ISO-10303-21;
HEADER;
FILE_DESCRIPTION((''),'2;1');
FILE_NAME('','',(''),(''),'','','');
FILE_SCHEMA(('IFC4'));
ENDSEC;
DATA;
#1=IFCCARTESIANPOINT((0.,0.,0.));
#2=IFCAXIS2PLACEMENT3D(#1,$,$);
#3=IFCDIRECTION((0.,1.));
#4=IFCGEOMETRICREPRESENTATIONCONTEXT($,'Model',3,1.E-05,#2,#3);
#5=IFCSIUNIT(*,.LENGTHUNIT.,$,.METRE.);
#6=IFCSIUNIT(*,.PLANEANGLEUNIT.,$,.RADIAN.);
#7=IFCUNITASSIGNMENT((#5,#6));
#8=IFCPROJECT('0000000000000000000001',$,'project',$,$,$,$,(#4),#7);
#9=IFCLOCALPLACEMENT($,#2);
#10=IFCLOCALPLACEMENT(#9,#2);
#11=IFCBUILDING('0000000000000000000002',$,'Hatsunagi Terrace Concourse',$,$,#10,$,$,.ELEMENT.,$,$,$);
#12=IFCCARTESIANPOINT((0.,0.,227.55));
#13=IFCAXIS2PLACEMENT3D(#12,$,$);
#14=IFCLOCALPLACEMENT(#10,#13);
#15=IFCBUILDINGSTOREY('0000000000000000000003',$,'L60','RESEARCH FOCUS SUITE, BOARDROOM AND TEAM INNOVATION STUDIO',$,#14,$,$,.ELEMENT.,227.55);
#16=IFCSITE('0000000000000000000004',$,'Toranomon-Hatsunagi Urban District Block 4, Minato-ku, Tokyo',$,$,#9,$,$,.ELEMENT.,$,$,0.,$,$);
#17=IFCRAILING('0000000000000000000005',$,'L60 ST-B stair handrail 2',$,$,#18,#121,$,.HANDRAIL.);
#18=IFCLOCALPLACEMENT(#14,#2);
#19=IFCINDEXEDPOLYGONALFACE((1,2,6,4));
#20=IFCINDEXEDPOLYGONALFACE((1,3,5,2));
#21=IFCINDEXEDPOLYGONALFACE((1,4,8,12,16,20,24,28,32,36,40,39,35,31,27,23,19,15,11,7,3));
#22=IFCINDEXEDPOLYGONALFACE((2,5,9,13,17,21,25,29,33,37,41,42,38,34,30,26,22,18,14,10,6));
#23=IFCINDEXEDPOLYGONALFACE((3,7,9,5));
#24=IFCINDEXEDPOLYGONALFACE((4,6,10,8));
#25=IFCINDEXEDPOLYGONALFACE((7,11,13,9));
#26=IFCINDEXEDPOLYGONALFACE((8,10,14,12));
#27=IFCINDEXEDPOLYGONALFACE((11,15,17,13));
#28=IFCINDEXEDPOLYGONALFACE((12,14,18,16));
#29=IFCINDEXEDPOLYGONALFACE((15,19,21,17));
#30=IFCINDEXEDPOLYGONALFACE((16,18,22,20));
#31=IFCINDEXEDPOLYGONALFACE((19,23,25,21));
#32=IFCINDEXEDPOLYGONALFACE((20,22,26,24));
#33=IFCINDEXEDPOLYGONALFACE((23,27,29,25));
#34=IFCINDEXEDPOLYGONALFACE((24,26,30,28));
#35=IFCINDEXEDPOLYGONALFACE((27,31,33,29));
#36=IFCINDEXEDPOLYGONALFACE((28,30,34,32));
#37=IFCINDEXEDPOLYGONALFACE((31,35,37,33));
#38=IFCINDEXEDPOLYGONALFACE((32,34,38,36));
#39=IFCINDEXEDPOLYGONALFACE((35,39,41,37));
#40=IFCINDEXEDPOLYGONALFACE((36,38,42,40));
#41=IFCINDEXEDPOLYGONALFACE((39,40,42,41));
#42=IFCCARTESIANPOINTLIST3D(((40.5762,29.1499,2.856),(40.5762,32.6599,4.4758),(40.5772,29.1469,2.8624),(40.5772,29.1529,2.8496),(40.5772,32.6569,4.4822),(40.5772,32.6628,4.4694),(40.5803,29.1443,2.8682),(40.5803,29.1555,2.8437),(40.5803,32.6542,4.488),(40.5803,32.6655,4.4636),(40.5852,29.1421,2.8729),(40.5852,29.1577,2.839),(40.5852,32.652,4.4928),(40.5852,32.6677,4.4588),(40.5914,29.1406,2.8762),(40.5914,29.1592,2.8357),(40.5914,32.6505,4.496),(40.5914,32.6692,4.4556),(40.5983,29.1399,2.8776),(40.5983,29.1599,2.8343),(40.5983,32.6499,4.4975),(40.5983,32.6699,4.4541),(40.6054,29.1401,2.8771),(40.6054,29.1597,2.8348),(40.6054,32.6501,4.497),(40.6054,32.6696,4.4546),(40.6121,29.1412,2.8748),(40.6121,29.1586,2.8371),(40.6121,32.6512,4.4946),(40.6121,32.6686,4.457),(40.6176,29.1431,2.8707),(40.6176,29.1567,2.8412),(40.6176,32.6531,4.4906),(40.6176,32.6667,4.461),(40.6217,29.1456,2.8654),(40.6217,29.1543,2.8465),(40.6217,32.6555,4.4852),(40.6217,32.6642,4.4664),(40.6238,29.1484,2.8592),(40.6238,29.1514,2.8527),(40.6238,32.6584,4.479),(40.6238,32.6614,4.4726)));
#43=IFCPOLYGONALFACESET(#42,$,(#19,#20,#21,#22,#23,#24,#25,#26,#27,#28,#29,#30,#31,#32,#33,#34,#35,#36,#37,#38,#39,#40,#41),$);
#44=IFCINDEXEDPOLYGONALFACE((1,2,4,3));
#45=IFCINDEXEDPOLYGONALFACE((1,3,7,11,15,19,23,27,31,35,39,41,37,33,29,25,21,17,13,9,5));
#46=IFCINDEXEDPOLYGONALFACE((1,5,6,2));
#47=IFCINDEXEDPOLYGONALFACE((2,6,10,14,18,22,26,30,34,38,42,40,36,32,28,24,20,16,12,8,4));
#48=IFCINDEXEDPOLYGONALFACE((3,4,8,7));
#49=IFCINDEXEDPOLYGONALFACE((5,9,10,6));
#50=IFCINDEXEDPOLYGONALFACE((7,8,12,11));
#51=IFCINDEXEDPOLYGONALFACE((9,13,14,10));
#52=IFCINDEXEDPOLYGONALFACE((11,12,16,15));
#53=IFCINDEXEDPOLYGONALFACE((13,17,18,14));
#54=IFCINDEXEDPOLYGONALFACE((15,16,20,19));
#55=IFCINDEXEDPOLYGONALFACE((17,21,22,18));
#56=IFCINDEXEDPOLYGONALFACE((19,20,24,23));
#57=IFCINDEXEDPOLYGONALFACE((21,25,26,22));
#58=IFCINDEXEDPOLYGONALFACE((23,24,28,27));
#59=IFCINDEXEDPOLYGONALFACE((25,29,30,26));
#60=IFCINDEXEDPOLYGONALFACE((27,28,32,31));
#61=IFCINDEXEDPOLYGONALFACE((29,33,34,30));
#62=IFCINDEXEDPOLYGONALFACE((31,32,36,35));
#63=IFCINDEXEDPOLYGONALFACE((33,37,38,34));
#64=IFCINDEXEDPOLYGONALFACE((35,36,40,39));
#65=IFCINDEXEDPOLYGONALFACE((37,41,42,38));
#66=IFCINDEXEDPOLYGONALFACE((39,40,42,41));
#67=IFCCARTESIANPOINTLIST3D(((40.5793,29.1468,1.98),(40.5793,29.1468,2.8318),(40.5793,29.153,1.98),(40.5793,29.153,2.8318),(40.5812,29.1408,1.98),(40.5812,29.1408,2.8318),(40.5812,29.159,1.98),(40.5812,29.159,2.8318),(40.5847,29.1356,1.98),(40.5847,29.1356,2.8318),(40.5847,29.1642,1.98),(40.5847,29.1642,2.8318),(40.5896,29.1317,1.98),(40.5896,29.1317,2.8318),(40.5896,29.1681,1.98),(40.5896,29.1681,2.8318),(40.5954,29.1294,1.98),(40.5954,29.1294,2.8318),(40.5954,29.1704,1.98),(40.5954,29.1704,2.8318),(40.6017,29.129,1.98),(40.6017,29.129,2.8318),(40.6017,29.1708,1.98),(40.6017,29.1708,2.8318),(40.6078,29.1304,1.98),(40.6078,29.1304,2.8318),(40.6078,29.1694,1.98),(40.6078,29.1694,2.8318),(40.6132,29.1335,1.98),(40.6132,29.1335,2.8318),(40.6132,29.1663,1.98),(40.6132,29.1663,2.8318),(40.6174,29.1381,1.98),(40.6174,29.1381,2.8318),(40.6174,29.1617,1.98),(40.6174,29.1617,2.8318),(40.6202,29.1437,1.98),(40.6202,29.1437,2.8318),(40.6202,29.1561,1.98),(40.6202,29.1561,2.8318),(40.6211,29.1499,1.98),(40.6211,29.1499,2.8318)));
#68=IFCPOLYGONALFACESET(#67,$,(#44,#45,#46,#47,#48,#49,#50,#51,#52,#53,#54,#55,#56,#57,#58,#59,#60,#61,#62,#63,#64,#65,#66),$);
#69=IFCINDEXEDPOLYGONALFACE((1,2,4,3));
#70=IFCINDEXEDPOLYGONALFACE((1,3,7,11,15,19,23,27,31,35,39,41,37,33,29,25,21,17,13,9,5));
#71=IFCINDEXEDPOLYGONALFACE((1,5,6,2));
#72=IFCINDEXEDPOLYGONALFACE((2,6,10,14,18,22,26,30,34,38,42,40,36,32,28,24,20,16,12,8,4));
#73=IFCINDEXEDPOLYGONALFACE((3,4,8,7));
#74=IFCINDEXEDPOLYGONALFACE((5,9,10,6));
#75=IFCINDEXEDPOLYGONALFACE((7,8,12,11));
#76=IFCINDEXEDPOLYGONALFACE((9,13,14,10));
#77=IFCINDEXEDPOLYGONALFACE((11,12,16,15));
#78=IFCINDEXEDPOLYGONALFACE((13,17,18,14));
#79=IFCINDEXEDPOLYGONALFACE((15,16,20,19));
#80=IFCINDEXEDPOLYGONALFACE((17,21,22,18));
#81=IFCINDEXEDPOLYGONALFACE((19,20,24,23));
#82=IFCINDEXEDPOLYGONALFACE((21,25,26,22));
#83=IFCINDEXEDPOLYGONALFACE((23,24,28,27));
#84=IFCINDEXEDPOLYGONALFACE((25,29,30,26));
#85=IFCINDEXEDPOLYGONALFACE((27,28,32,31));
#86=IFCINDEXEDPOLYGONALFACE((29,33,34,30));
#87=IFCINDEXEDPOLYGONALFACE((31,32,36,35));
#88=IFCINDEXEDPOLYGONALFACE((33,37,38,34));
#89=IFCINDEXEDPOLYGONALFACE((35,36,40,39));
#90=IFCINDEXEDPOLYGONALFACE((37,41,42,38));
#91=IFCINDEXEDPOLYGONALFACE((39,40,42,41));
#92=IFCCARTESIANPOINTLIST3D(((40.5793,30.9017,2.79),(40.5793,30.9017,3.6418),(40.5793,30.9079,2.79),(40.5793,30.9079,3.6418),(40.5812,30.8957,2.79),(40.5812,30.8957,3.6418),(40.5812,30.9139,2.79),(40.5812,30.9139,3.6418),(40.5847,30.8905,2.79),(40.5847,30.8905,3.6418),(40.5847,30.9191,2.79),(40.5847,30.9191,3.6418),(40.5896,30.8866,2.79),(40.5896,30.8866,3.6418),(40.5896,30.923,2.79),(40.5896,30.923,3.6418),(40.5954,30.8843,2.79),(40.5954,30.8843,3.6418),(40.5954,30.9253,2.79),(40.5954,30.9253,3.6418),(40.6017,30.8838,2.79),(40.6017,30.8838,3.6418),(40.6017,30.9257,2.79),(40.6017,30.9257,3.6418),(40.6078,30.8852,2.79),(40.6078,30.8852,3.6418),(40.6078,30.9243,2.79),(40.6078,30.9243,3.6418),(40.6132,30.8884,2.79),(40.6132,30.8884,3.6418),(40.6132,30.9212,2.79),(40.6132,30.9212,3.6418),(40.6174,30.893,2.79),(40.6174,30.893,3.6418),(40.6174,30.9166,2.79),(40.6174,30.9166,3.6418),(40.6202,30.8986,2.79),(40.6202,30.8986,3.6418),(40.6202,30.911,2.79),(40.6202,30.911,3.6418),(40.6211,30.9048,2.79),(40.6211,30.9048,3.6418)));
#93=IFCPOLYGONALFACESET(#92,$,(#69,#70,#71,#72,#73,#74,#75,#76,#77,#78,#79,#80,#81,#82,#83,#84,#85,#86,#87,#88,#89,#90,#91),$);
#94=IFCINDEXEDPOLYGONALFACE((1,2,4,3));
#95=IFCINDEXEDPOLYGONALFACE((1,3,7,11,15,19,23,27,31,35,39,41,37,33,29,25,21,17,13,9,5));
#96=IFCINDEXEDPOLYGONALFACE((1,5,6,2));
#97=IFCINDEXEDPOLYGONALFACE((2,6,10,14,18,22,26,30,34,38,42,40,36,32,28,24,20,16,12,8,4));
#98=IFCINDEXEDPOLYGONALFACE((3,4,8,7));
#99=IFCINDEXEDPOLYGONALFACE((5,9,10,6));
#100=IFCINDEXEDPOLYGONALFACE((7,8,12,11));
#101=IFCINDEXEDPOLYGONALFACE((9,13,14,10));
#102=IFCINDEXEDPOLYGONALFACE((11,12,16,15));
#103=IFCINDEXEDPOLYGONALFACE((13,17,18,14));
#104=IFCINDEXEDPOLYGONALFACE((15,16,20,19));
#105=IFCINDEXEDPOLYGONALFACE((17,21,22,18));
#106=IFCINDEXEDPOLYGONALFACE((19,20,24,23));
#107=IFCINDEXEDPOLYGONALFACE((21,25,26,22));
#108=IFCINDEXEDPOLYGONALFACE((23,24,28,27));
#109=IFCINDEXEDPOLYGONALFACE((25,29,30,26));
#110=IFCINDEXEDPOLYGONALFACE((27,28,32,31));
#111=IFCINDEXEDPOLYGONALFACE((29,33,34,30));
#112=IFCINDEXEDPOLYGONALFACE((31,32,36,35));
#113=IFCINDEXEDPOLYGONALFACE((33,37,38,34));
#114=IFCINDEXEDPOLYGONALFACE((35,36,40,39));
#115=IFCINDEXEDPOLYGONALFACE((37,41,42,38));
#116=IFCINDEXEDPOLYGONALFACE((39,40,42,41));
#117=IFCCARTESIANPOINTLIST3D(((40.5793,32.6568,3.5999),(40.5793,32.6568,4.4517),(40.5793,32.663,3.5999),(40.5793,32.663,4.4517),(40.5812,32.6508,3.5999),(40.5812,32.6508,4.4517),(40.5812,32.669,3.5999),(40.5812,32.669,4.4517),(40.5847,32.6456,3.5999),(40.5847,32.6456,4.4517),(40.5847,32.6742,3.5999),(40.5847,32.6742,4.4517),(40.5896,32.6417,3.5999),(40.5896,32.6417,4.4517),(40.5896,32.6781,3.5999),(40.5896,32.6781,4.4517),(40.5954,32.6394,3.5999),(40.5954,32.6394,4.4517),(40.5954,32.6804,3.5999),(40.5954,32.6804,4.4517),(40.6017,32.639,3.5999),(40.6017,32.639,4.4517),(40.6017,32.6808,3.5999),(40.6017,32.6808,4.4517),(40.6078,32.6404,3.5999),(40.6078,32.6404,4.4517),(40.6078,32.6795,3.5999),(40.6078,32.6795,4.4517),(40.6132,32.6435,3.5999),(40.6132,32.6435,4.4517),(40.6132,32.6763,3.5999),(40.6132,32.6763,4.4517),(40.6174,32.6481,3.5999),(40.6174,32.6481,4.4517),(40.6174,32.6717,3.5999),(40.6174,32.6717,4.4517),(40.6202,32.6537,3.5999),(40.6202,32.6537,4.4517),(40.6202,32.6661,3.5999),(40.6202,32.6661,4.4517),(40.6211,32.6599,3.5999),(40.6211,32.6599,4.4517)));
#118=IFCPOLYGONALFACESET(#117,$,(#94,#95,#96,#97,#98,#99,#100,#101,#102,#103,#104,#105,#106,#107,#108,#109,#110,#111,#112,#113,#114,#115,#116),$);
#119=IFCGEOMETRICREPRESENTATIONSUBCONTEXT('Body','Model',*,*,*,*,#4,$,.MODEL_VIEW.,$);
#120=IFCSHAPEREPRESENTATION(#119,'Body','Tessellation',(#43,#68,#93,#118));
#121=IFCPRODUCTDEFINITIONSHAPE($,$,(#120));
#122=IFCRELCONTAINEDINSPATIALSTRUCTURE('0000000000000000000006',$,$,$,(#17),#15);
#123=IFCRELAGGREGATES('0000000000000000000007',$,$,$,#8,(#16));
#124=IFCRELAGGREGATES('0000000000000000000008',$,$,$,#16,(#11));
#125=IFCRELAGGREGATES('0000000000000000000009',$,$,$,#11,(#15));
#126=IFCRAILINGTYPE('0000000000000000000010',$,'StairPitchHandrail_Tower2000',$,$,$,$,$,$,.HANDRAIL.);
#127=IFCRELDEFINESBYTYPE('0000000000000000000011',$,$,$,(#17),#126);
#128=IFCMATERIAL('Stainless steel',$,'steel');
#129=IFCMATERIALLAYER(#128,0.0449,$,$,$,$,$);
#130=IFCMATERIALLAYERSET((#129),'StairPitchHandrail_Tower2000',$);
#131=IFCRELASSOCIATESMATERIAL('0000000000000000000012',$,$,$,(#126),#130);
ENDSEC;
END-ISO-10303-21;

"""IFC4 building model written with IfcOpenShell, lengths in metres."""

from ifc_helpers import new_model, si_unit, direction, frame, origin, origin_2d, place, context, subcontext, project, spatial, circle, extrude, material, layer, layer_set, type_object, element, save


model = new_model("IFC4")

# Units and contexts
model_context = context("Model", 3, precision=1e-05, world=origin(), true_north=direction((0.0, 1.0)))
body_context = subcontext(model_context, "Body", "Model", "MODEL_VIEW")
ifc_project = project(units=[si_unit("LENGTHUNIT", "METRE"), si_unit("PLANEANGLEUNIT", "RADIAN")], contexts=[model_context])

# Site, building, storey
site_placement = place(None, origin())
site = spatial("IfcSite", under=ifc_project, at=site_placement, Name="Toranomon-Hatsunagi Urban District Block 4, Minato-ku, Tokyo", CompositionType="ELEMENT", RefElevation=0.0)
building_placement = place(site_placement, origin())
building = spatial("IfcBuilding", under=site, at=building_placement, Name="Hatsunagi Terrace Concourse", CompositionType="ELEMENT")
storey_placement = place(building_placement, frame((0.0, 0.0, 227.55)))
storey = spatial("IfcBuildingStorey", under=building, at=storey_placement, Name="L60", Description="RESEARCH FOCUS SUITE, BOARDROOM AND TEAM INNOVATION STUDIO", CompositionType="ELEMENT", Elevation=227.55)

# Railing
ifc_material_1 = material(Name="Stainless steel", Category="steel")
ifc_layer_1 = layer(ifc_material_1, 0.0449)
ifc_layer_set_1 = layer_set([ifc_layer_1], Name="StairPitchHandrail_Tower2000")
railing_type_1 = type_object("IfcRailingType", Name="StairPitchHandrail_Tower2000", PredefinedType="HANDRAIL", material=ifc_layer_set_1)
railing_1_placement = place(storey_placement, frame((40.6001, 29.1499, 1.98)))
element("IfcRailing", 1, at=railing_1_placement, inside=storey, type_object=railing_type_1, Name="L60 ST-B stair handrail 2", PredefinedType="HANDRAIL", context=body_context, shape_type="SweptSolid", body=[
    extrude(circle(Radius=0.0239, at=origin_2d()), frame((0.0, 0.0, 0.876), z_axis=(0.0, 0.907972, 0.41903), x_axis=(-1.0, 0.0, 0.0)), (0.0, 0.0, 1.0), 3.8657),
    extrude(circle(Radius=0.021, at=origin_2d()), origin(), (0.0, 0.0, 1.0), 0.8518),
    extrude(circle(Radius=0.021, at=origin_2d()), frame((0.0, 1.7549, 0.8101)), (0.0, 0.0, 1.0), 0.8518),
    extrude(circle(Radius=0.021, at=origin_2d()), frame((0.0, 3.51, 1.6199)), (0.0, 0.0, 1.0), 0.8518),
])

save(model, "model.ifc")
